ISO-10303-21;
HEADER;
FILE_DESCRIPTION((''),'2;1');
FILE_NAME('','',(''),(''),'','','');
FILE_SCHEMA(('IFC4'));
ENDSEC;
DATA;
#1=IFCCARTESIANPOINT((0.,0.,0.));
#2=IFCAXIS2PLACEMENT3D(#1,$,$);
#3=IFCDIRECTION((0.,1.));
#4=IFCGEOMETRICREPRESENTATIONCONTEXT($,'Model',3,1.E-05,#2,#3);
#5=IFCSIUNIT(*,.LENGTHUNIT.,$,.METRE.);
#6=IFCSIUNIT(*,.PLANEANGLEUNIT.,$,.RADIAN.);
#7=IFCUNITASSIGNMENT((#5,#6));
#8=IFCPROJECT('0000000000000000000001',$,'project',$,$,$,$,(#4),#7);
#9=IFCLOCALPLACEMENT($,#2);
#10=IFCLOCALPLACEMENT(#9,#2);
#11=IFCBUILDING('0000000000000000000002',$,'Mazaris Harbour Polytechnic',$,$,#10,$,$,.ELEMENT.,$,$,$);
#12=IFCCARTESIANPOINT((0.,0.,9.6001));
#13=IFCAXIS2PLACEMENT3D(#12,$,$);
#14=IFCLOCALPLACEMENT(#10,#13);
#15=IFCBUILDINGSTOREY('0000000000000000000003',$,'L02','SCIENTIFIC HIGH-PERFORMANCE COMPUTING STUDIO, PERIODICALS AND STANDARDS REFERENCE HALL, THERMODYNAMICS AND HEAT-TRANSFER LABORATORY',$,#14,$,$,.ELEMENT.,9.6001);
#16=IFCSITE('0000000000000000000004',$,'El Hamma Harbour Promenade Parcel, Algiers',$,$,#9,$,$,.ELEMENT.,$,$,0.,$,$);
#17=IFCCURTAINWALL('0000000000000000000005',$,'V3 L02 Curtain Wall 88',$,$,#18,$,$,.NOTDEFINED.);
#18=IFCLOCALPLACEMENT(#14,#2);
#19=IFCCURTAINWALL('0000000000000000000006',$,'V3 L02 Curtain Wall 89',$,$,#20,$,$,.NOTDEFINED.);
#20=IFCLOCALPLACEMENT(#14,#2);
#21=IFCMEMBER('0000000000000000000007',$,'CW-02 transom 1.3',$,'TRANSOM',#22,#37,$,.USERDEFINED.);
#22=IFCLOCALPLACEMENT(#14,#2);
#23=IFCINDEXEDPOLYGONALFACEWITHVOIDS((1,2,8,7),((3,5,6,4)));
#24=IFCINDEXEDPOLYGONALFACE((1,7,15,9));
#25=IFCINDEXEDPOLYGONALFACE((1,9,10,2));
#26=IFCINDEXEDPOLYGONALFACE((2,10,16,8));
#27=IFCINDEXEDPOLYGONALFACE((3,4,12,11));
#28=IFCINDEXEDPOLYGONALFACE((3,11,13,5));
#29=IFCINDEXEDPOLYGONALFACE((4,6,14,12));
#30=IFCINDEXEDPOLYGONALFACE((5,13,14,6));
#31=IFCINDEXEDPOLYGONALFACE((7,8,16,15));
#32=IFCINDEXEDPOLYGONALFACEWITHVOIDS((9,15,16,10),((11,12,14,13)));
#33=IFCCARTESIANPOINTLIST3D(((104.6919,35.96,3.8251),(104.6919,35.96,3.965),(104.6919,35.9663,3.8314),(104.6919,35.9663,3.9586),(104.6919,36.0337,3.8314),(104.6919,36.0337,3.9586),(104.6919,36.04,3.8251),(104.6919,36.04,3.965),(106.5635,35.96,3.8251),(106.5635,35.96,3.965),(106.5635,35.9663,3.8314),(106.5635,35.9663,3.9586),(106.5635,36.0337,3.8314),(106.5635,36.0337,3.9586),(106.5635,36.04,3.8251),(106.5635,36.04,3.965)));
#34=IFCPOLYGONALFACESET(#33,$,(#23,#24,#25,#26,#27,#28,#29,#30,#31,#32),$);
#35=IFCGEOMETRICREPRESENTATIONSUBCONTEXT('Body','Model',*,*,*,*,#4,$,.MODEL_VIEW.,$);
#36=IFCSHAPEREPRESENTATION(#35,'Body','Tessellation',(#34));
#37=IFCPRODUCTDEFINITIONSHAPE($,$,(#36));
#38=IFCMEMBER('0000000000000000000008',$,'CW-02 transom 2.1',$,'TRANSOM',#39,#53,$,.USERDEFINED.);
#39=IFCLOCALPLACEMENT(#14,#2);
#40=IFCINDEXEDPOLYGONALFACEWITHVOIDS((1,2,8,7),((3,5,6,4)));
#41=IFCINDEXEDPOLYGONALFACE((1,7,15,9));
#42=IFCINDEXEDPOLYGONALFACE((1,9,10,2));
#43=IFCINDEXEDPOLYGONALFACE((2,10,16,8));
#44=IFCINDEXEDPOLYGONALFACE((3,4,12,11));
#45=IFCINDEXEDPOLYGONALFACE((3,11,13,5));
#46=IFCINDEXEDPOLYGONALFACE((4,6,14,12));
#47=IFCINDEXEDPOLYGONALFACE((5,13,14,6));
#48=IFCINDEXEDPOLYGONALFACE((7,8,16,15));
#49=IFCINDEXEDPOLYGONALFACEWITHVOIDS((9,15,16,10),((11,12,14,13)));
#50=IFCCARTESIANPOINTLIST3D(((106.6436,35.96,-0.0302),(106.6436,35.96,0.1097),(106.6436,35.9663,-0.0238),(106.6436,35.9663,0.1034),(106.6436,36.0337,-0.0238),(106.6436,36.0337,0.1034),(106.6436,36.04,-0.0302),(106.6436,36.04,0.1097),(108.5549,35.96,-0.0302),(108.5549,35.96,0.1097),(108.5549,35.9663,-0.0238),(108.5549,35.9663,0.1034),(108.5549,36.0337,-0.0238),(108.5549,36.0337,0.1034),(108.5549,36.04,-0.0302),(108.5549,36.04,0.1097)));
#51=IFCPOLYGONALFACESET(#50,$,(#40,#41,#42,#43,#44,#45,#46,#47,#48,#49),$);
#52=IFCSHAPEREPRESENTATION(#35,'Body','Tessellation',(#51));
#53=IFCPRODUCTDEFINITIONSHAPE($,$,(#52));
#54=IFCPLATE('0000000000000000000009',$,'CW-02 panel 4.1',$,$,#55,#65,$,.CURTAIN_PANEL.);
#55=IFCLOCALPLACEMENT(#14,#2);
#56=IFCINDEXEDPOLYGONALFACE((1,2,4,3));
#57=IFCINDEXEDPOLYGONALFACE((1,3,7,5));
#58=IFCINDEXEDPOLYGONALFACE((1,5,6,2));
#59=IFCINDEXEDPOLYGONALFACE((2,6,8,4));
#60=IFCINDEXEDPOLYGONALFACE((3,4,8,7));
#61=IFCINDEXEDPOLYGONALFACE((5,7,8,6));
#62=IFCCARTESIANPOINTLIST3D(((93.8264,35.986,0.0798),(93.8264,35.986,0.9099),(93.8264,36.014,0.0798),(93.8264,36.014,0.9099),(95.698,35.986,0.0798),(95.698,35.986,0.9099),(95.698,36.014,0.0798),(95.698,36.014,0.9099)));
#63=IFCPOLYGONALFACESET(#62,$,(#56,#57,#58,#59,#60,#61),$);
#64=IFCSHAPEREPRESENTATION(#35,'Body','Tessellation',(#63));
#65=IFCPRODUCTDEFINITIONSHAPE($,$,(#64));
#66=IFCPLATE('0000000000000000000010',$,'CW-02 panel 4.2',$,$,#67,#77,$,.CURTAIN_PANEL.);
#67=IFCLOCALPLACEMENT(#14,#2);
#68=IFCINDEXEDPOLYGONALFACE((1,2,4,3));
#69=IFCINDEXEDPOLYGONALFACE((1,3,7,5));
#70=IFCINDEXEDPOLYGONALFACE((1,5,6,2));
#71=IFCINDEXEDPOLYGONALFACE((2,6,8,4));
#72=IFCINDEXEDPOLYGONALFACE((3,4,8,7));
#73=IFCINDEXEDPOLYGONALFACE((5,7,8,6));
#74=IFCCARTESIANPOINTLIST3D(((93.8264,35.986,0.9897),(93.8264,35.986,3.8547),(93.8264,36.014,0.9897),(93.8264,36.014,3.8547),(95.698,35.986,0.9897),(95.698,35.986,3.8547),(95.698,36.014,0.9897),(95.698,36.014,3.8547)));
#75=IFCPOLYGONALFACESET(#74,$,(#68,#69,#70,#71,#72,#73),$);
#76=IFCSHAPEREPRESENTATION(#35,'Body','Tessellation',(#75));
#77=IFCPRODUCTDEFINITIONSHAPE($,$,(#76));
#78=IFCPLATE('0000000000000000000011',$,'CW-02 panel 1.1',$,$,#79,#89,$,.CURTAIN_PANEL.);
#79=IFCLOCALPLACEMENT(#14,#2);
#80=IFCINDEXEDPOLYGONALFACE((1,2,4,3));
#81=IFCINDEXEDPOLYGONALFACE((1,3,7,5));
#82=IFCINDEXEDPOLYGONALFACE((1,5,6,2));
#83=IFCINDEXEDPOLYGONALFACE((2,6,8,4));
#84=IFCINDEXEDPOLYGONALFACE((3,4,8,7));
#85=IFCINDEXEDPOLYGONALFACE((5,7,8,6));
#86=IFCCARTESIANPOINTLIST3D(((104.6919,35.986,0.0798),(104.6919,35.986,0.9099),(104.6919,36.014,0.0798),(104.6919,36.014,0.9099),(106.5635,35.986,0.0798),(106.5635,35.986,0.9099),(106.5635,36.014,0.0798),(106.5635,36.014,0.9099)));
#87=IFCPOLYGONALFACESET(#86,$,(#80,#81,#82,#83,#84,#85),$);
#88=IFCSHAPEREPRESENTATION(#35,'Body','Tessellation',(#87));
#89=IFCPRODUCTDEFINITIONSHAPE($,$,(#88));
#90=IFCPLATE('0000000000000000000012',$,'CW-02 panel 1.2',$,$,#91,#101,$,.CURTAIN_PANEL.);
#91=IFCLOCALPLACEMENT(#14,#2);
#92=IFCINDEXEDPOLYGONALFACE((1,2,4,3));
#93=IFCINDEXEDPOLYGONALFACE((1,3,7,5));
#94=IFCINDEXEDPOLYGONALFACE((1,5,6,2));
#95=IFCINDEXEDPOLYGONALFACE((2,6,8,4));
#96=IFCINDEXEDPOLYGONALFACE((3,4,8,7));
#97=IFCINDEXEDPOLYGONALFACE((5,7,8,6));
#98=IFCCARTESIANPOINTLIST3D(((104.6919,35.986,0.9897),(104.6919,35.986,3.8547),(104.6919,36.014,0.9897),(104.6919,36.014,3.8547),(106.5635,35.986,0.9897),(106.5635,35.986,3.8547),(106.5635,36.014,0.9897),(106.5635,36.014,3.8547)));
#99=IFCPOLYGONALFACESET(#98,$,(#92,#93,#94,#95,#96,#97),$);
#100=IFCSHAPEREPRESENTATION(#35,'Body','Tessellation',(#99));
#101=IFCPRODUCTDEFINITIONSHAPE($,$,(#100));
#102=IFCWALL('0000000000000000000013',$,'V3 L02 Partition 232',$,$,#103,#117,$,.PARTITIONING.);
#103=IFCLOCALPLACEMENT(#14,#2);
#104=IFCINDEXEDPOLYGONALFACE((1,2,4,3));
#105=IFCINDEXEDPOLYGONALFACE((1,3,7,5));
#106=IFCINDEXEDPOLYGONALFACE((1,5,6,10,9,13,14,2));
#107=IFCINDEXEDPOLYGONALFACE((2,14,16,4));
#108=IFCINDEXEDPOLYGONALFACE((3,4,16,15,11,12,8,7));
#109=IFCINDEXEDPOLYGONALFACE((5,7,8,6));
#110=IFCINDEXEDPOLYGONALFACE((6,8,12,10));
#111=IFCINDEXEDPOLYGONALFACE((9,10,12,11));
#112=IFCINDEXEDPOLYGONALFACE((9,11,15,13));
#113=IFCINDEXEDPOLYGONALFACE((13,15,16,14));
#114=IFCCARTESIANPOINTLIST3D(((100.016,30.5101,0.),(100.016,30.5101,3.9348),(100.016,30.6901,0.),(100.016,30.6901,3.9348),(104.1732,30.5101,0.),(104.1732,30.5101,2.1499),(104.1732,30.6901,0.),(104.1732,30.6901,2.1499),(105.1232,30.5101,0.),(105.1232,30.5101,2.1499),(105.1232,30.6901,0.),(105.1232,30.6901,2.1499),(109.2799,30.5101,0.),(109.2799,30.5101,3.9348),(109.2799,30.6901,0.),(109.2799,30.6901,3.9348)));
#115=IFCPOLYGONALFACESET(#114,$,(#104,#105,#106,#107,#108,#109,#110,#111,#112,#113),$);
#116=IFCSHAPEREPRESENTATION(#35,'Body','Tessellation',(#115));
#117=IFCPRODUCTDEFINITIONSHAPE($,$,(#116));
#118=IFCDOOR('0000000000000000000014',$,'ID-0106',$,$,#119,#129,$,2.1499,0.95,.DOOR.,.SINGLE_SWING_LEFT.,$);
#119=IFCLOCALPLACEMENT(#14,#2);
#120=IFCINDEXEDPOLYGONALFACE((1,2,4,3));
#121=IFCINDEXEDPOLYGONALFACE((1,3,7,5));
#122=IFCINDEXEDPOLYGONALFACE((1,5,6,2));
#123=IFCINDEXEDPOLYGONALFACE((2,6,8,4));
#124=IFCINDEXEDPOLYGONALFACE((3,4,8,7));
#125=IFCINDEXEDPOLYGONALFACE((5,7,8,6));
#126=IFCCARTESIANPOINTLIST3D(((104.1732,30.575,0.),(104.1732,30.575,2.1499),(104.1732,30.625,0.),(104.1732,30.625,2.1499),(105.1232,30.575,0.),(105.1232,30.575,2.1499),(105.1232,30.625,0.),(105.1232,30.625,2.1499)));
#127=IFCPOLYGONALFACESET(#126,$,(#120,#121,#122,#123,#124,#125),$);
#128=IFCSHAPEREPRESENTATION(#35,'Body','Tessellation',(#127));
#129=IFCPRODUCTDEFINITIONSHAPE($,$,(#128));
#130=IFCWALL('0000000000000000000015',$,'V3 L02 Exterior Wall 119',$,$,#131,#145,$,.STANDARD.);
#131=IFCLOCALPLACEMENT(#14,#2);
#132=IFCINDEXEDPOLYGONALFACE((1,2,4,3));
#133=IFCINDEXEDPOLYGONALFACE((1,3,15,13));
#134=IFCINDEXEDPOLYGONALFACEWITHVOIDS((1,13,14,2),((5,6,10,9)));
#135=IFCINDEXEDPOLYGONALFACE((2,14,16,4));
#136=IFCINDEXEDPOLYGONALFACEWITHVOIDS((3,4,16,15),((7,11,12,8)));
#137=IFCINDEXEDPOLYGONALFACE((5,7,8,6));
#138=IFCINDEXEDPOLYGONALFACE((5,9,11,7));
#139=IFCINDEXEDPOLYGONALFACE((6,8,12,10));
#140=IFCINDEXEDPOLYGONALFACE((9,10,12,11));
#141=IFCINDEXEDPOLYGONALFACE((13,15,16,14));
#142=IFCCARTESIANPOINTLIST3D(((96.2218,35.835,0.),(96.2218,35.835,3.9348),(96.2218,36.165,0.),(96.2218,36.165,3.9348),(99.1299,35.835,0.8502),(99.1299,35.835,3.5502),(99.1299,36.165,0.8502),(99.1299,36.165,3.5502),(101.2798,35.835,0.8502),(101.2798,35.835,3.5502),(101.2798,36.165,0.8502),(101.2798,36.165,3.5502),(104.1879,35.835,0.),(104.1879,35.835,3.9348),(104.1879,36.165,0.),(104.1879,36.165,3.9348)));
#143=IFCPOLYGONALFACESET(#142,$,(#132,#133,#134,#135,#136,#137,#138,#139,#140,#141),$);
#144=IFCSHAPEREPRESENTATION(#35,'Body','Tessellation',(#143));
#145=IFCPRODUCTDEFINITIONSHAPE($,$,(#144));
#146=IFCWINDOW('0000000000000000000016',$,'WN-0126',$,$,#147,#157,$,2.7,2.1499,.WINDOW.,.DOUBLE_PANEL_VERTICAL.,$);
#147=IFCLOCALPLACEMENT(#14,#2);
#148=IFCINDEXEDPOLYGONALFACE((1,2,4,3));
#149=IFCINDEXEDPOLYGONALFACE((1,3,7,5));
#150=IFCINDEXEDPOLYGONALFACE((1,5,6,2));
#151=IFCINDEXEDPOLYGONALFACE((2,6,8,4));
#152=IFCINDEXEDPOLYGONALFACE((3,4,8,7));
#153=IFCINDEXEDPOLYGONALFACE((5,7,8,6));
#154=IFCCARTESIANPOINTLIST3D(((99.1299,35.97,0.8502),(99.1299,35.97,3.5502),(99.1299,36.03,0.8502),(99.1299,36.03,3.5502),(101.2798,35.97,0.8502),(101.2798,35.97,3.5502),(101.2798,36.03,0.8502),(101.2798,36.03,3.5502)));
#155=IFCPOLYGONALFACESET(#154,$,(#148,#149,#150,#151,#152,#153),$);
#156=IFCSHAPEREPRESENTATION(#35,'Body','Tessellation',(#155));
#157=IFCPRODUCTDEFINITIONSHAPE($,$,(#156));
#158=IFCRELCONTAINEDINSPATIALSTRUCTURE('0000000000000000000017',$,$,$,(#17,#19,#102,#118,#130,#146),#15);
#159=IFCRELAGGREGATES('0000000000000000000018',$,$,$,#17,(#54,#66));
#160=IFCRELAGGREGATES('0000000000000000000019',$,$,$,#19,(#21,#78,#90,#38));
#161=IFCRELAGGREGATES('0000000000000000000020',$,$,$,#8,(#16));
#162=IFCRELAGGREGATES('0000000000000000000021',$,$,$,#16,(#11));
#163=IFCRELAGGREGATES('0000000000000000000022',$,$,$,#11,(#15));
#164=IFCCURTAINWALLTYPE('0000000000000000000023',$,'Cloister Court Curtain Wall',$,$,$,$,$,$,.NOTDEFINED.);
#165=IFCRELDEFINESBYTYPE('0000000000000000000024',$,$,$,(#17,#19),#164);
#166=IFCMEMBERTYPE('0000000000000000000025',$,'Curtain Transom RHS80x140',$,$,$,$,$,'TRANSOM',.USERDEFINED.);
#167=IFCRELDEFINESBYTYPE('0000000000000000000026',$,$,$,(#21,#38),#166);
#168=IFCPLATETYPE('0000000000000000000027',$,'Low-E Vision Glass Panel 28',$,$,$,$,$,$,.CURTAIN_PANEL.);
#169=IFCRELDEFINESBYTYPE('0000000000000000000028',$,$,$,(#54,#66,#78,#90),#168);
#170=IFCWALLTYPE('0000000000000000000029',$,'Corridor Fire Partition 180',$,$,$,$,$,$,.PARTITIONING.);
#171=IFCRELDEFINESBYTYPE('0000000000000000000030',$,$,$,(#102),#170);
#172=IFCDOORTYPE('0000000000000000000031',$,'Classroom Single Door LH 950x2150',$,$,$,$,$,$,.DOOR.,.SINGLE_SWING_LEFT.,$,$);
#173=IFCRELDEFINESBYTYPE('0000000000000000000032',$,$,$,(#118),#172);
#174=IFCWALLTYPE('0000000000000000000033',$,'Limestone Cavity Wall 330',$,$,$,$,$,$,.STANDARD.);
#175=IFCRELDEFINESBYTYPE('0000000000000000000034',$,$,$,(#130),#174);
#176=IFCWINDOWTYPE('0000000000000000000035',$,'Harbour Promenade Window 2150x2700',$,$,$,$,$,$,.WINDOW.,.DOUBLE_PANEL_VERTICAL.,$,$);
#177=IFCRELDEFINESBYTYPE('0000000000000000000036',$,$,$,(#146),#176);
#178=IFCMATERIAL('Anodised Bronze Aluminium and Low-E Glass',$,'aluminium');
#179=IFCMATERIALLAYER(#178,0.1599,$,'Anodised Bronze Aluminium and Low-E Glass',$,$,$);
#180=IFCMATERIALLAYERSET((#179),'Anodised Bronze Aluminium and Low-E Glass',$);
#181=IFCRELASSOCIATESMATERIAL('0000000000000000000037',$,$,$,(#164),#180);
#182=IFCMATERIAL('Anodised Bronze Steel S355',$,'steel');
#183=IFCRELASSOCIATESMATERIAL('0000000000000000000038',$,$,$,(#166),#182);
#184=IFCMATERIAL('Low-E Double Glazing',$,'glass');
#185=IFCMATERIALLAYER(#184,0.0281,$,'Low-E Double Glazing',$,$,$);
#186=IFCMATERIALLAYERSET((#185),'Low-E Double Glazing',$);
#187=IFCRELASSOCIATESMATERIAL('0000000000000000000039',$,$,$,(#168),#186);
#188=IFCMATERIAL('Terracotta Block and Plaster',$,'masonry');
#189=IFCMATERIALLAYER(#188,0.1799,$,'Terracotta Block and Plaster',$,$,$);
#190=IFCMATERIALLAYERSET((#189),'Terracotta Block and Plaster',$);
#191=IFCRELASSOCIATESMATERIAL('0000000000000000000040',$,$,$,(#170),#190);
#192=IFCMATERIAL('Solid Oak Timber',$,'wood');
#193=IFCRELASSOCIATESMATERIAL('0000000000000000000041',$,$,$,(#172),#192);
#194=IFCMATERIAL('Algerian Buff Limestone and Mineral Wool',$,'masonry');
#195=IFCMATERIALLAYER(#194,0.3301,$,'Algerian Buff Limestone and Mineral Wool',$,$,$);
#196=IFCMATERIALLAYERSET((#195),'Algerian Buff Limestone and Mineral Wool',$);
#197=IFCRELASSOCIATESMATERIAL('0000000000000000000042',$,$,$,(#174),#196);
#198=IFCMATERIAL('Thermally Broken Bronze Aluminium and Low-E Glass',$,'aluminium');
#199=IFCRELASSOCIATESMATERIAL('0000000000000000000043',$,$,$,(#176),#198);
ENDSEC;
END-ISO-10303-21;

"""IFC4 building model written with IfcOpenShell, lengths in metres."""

from ifc_helpers import new_model, si_unit, direction, frame, frame_2d, origin, origin_2d, place, context, subcontext, project, spatial, rectangle, hollow_rectangle, extrude, material, layer, layer_set, material_profile, profile_set, type_object, element, fill, aggregate, save


model = new_model("IFC4")

# Units and contexts
model_context = context("Model", 3, precision=1e-05, world=origin(), true_north=direction((0.0, 1.0)))
body_context = subcontext(model_context, "Body", "Model", "MODEL_VIEW")
ifc_project = project(units=[si_unit("LENGTHUNIT", "METRE"), si_unit("PLANEANGLEUNIT", "RADIAN")], contexts=[model_context])

# Site, building, storey
site_placement = place(None, origin())
site = spatial("IfcSite", under=ifc_project, at=site_placement, Name="El Hamma Harbour Promenade Parcel, Algiers", CompositionType="ELEMENT", RefElevation=0.0)
building_placement = place(site_placement, origin())
building = spatial("IfcBuilding", under=site, at=building_placement, Name="Mazaris Harbour Polytechnic", CompositionType="ELEMENT")
storey_placement = place(building_placement, frame((0.0, 0.0, 9.6001)))
storey = spatial("IfcBuildingStorey", under=building, at=storey_placement, Name="L02", Description="SCIENTIFIC HIGH-PERFORMANCE COMPUTING STUDIO, PERIODICALS AND STANDARDS REFERENCE HALL, THERMODYNAMICS AND HEAT-TRANSFER LABORATORY", CompositionType="ELEMENT", Elevation=9.6001)

# Curtain walls
ifc_material_1 = material(Name="Anodised Bronze Aluminium and Low-E Glass", Category="aluminium")
ifc_layer_1 = layer(ifc_material_1, 0.1599, Name="Anodised Bronze Aluminium and Low-E Glass")
ifc_layer_set_1 = layer_set([ifc_layer_1], Name="Anodised Bronze Aluminium and Low-E Glass")
curtain_wall_type = type_object("IfcCurtainWallType", Name="Cloister Court Curtain Wall", PredefinedType="NOTDEFINED", material=ifc_layer_set_1)
curtain_wall_1_placement = place(storey_placement, origin())
curtain_wall_1 = element("IfcCurtainWall", 1, at=curtain_wall_1_placement, inside=storey, type_object=curtain_wall_type, Name="V3 L02 Curtain Wall 88", PredefinedType="NOTDEFINED")
curtain_wall_2_placement = place(storey_placement, origin())
curtain_wall_2 = element("IfcCurtainWall", 2, at=curtain_wall_2_placement, inside=storey, type_object=curtain_wall_type, Name="V3 L02 Curtain Wall 89", PredefinedType="NOTDEFINED")

# Members
ifc_material_2 = material(Name="Anodised Bronze Steel S355", Category="steel")
ifc_material_profile_1 = material_profile(ifc_material_2, hollow_rectangle(XDim=0.0801, YDim=0.1399, WallThickness=0.0063, at=origin_2d()), Name="RHS 80x140x6.3")
ifc_profile_set_1 = profile_set([ifc_material_profile_1], Name="Anodised Bronze Steel S355")
member_type_1 = type_object("IfcMemberType", Name="Curtain Transom RHS80x140", ElementType="TRANSOM", PredefinedType="USERDEFINED", material=ifc_profile_set_1)
member_1_placement = place(storey_placement, frame((104.6919, 36.0, 3.895), z_axis=(1.0, 0.0, 0.0), x_axis=(0.0, 1.0, 0.0)))
member_1 = element("IfcMember", 3, at=member_1_placement, type_object=member_type_1, Name="CW-02 transom 1.3", ObjectType="TRANSOM", PredefinedType="USERDEFINED", context=body_context, shape_type="SweptSolid", body=[
    extrude(hollow_rectangle(XDim=0.0801, YDim=0.1399, WallThickness=0.0063, at=origin_2d()), origin(), (0.0, 0.0, 1.0), 1.8716),
])
member_2_placement = place(storey_placement, frame((106.6436, 36.0, 0.0398), z_axis=(1.0, 0.0, 0.0), x_axis=(0.0, 1.0, 0.0)))
member_2 = element("IfcMember", 4, at=member_2_placement, type_object=member_type_1, Name="CW-02 transom 2.1", ObjectType="TRANSOM", PredefinedType="USERDEFINED", context=body_context, shape_type="SweptSolid", body=[
    extrude(hollow_rectangle(XDim=0.0801, YDim=0.1399, WallThickness=0.0063, at=origin_2d()), origin(), (0.0, 0.0, 1.0), 1.9114),
])

# Plates
ifc_material_3 = material(Name="Low-E Double Glazing", Category="glass")
ifc_layer_2 = layer(ifc_material_3, 0.0281, Name="Low-E Double Glazing")
ifc_layer_set_2 = layer_set([ifc_layer_2], Name="Low-E Double Glazing")
plate_type = type_object("IfcPlateType", Name="Low-E Vision Glass Panel 28", PredefinedType="CURTAIN_PANEL", material=ifc_layer_set_2)
plate_1_placement = place(storey_placement, frame((94.7622, 36.0, 0.0798), z_axis=(0.0, 0.0, 1.0), x_axis=(1.0, 0.0, 0.0)))
plate_1 = element("IfcPlate", 5, at=plate_1_placement, type_object=plate_type, Name="CW-02 panel 4.1", PredefinedType="CURTAIN_PANEL", context=body_context, shape_type="SweptSolid", body=[
    extrude(rectangle(XDim=1.8716, YDim=0.0281, at=origin_2d()), origin(), (0.0, 0.0, 1.0), 0.8301),
])
plate_2_placement = place(storey_placement, frame((94.7622, 36.0, 0.9897), z_axis=(0.0, 0.0, 1.0), x_axis=(1.0, 0.0, 0.0)))
plate_2 = element("IfcPlate", 6, at=plate_2_placement, type_object=plate_type, Name="CW-02 panel 4.2", PredefinedType="CURTAIN_PANEL", context=body_context, shape_type="SweptSolid", body=[
    extrude(rectangle(XDim=1.8716, YDim=0.0281, at=origin_2d()), origin(), (0.0, 0.0, 1.0), 2.865),
])
aggregate(curtain_wall_1, [plate_1, plate_2])
plate_3_placement = place(storey_placement, frame((105.6277, 36.0, 0.0798), z_axis=(0.0, 0.0, 1.0), x_axis=(1.0, 0.0, 0.0)))
plate_3 = element("IfcPlate", 7, at=plate_3_placement, type_object=plate_type, Name="CW-02 panel 1.1", PredefinedType="CURTAIN_PANEL", context=body_context, shape_type="SweptSolid", body=[
    extrude(rectangle(XDim=1.8716, YDim=0.0281, at=origin_2d()), origin(), (0.0, 0.0, 1.0), 0.8301),
])
plate_4_placement = place(storey_placement, frame((105.6277, 36.0, 0.9897), z_axis=(0.0, 0.0, 1.0), x_axis=(1.0, 0.0, 0.0)))
plate_4 = element("IfcPlate", 8, at=plate_4_placement, type_object=plate_type, Name="CW-02 panel 1.2", PredefinedType="CURTAIN_PANEL", context=body_context, shape_type="SweptSolid", body=[
    extrude(rectangle(XDim=1.8716, YDim=0.0281, at=origin_2d()), origin(), (0.0, 0.0, 1.0), 2.865),
])
aggregate(curtain_wall_2, [member_1, plate_3, plate_4, member_2])

# Wall, opening, door
ifc_material_4 = material(Name="Terracotta Block and Plaster", Category="masonry")
ifc_layer_3 = layer(ifc_material_4, 0.1799, Name="Terracotta Block and Plaster")
ifc_layer_set_3 = layer_set([ifc_layer_3], Name="Terracotta Block and Plaster")
wall_type_1 = type_object("IfcWallType", Name="Corridor Fire Partition 180", PredefinedType="PARTITIONING", material=ifc_layer_set_3)
wall_1_placement = place(storey_placement, frame((100.0161, 30.6001, 0.0), z_axis=(0.0, 0.0, 1.0), x_axis=(1.0, 0.0, 0.0)))
wall_1 = element("IfcWall", 9, at=wall_1_placement, inside=storey, type_object=wall_type_1, Name="V3 L02 Partition 232", PredefinedType="PARTITIONING", context=body_context, shape_type="SweptSolid", body=[
    extrude(rectangle(XDim=9.2639, YDim=0.1799, at=frame_2d((4.6318, 0.0))), origin(), (0.0, 0.0, 1.0), 3.9348),
])
opening_1_placement = place(wall_1_placement, frame((4.157, 0.0, 0.0)))
opening_1 = element("IfcOpeningElement", 10, at=opening_1_placement, cuts=wall_1, PredefinedType="OPENING", context=body_context, shape_type="SweptSolid", body=[
    extrude(rectangle(XDim=0.95, YDim=2.1499, at=frame_2d((0.4751, 1.075))), frame((0.0, 0.0999, 0.0), z_axis=(0.0, -1.0, 0.0), x_axis=(1.0, 0.0, 0.0)), (0.0, 0.0, 1.0), 0.2),
])
ifc_material_5 = material(Name="Solid Oak Timber", Category="wood")
door_type = type_object("IfcDoorType", Name="Classroom Single Door LH 950x2150", OperationType="SINGLE_SWING_LEFT", PredefinedType="DOOR", material=ifc_material_5)
door_placement = place(opening_1_placement, origin())
door = element("IfcDoor", 11, at=door_placement, inside=storey, type_object=door_type, Name="ID-0106", OperationType="SINGLE_SWING_LEFT", OverallHeight=2.1499, OverallWidth=0.95, PredefinedType="DOOR", context=body_context, shape_type="SweptSolid", body=[
    extrude(rectangle(XDim=0.95, YDim=2.1499, at=frame_2d((0.4751, 1.075))), frame((0.0, 0.0249, 0.0), z_axis=(0.0, -1.0, 0.0), x_axis=(1.0, 0.0, 0.0)), (0.0, 0.0, 1.0), 0.05),
])
fill(opening_1, door)

# Wall, opening, window
ifc_material_6 = material(Name="Algerian Buff Limestone and Mineral Wool", Category="masonry")
ifc_layer_4 = layer(ifc_material_6, 0.3301, Name="Algerian Buff Limestone and Mineral Wool")
ifc_layer_set_4 = layer_set([ifc_layer_4], Name="Algerian Buff Limestone and Mineral Wool")
wall_type_2 = type_object("IfcWallType", Name="Limestone Cavity Wall 330", PredefinedType="STANDARD", material=ifc_layer_set_4)
wall_2_placement = place(storey_placement, frame((96.2219, 36.0, 0.0), z_axis=(0.0, 0.0, 1.0), x_axis=(1.0, 0.0, 0.0)))
wall_2 = element("IfcWall", 12, at=wall_2_placement, inside=storey, type_object=wall_type_2, Name="V3 L02 Exterior Wall 119", PredefinedType="STANDARD", context=body_context, shape_type="SweptSolid", body=[
    extrude(rectangle(XDim=7.9661, YDim=0.3301, at=frame_2d((3.9829, 0.0))), origin(), (0.0, 0.0, 1.0), 3.9348),
])
opening_2_placement = place(wall_2_placement, frame((2.908, 0.0, 0.8501)))
opening_2 = element("IfcOpeningElement", 13, at=opening_2_placement, cuts=wall_2, PredefinedType="OPENING", context=body_context, shape_type="SweptSolid", body=[
    extrude(rectangle(XDim=2.1499, YDim=2.7, at=frame_2d((1.075, 1.3501))), frame((0.0, 0.175, 0.0), z_axis=(0.0, -1.0, 0.0), x_axis=(1.0, 0.0, 0.0)), (0.0, 0.0, 1.0), 0.3501),
])
ifc_material_7 = material(Name="Thermally Broken Bronze Aluminium and Low-E Glass", Category="aluminium")
window_type = type_object("IfcWindowType", Name="Harbour Promenade Window 2150x2700", PartitioningType="DOUBLE_PANEL_VERTICAL", PredefinedType="WINDOW", material=ifc_material_7)
window_placement = place(opening_2_placement, origin())
window = element("IfcWindow", 14, at=window_placement, inside=storey, type_object=window_type, Name="WN-0126", OverallHeight=2.7, OverallWidth=2.1499, PartitioningType="DOUBLE_PANEL_VERTICAL", PredefinedType="WINDOW", context=body_context, shape_type="SweptSolid", body=[
    extrude(rectangle(XDim=2.1499, YDim=2.7, at=frame_2d((1.075, 1.3501))), frame((0.0, 0.03, 0.0), z_axis=(0.0, -1.0, 0.0), x_axis=(1.0, 0.0, 0.0)), (0.0, 0.0, 1.0), 0.0601),
])
fill(opening_2, window)

save(model, "model.ifc")
